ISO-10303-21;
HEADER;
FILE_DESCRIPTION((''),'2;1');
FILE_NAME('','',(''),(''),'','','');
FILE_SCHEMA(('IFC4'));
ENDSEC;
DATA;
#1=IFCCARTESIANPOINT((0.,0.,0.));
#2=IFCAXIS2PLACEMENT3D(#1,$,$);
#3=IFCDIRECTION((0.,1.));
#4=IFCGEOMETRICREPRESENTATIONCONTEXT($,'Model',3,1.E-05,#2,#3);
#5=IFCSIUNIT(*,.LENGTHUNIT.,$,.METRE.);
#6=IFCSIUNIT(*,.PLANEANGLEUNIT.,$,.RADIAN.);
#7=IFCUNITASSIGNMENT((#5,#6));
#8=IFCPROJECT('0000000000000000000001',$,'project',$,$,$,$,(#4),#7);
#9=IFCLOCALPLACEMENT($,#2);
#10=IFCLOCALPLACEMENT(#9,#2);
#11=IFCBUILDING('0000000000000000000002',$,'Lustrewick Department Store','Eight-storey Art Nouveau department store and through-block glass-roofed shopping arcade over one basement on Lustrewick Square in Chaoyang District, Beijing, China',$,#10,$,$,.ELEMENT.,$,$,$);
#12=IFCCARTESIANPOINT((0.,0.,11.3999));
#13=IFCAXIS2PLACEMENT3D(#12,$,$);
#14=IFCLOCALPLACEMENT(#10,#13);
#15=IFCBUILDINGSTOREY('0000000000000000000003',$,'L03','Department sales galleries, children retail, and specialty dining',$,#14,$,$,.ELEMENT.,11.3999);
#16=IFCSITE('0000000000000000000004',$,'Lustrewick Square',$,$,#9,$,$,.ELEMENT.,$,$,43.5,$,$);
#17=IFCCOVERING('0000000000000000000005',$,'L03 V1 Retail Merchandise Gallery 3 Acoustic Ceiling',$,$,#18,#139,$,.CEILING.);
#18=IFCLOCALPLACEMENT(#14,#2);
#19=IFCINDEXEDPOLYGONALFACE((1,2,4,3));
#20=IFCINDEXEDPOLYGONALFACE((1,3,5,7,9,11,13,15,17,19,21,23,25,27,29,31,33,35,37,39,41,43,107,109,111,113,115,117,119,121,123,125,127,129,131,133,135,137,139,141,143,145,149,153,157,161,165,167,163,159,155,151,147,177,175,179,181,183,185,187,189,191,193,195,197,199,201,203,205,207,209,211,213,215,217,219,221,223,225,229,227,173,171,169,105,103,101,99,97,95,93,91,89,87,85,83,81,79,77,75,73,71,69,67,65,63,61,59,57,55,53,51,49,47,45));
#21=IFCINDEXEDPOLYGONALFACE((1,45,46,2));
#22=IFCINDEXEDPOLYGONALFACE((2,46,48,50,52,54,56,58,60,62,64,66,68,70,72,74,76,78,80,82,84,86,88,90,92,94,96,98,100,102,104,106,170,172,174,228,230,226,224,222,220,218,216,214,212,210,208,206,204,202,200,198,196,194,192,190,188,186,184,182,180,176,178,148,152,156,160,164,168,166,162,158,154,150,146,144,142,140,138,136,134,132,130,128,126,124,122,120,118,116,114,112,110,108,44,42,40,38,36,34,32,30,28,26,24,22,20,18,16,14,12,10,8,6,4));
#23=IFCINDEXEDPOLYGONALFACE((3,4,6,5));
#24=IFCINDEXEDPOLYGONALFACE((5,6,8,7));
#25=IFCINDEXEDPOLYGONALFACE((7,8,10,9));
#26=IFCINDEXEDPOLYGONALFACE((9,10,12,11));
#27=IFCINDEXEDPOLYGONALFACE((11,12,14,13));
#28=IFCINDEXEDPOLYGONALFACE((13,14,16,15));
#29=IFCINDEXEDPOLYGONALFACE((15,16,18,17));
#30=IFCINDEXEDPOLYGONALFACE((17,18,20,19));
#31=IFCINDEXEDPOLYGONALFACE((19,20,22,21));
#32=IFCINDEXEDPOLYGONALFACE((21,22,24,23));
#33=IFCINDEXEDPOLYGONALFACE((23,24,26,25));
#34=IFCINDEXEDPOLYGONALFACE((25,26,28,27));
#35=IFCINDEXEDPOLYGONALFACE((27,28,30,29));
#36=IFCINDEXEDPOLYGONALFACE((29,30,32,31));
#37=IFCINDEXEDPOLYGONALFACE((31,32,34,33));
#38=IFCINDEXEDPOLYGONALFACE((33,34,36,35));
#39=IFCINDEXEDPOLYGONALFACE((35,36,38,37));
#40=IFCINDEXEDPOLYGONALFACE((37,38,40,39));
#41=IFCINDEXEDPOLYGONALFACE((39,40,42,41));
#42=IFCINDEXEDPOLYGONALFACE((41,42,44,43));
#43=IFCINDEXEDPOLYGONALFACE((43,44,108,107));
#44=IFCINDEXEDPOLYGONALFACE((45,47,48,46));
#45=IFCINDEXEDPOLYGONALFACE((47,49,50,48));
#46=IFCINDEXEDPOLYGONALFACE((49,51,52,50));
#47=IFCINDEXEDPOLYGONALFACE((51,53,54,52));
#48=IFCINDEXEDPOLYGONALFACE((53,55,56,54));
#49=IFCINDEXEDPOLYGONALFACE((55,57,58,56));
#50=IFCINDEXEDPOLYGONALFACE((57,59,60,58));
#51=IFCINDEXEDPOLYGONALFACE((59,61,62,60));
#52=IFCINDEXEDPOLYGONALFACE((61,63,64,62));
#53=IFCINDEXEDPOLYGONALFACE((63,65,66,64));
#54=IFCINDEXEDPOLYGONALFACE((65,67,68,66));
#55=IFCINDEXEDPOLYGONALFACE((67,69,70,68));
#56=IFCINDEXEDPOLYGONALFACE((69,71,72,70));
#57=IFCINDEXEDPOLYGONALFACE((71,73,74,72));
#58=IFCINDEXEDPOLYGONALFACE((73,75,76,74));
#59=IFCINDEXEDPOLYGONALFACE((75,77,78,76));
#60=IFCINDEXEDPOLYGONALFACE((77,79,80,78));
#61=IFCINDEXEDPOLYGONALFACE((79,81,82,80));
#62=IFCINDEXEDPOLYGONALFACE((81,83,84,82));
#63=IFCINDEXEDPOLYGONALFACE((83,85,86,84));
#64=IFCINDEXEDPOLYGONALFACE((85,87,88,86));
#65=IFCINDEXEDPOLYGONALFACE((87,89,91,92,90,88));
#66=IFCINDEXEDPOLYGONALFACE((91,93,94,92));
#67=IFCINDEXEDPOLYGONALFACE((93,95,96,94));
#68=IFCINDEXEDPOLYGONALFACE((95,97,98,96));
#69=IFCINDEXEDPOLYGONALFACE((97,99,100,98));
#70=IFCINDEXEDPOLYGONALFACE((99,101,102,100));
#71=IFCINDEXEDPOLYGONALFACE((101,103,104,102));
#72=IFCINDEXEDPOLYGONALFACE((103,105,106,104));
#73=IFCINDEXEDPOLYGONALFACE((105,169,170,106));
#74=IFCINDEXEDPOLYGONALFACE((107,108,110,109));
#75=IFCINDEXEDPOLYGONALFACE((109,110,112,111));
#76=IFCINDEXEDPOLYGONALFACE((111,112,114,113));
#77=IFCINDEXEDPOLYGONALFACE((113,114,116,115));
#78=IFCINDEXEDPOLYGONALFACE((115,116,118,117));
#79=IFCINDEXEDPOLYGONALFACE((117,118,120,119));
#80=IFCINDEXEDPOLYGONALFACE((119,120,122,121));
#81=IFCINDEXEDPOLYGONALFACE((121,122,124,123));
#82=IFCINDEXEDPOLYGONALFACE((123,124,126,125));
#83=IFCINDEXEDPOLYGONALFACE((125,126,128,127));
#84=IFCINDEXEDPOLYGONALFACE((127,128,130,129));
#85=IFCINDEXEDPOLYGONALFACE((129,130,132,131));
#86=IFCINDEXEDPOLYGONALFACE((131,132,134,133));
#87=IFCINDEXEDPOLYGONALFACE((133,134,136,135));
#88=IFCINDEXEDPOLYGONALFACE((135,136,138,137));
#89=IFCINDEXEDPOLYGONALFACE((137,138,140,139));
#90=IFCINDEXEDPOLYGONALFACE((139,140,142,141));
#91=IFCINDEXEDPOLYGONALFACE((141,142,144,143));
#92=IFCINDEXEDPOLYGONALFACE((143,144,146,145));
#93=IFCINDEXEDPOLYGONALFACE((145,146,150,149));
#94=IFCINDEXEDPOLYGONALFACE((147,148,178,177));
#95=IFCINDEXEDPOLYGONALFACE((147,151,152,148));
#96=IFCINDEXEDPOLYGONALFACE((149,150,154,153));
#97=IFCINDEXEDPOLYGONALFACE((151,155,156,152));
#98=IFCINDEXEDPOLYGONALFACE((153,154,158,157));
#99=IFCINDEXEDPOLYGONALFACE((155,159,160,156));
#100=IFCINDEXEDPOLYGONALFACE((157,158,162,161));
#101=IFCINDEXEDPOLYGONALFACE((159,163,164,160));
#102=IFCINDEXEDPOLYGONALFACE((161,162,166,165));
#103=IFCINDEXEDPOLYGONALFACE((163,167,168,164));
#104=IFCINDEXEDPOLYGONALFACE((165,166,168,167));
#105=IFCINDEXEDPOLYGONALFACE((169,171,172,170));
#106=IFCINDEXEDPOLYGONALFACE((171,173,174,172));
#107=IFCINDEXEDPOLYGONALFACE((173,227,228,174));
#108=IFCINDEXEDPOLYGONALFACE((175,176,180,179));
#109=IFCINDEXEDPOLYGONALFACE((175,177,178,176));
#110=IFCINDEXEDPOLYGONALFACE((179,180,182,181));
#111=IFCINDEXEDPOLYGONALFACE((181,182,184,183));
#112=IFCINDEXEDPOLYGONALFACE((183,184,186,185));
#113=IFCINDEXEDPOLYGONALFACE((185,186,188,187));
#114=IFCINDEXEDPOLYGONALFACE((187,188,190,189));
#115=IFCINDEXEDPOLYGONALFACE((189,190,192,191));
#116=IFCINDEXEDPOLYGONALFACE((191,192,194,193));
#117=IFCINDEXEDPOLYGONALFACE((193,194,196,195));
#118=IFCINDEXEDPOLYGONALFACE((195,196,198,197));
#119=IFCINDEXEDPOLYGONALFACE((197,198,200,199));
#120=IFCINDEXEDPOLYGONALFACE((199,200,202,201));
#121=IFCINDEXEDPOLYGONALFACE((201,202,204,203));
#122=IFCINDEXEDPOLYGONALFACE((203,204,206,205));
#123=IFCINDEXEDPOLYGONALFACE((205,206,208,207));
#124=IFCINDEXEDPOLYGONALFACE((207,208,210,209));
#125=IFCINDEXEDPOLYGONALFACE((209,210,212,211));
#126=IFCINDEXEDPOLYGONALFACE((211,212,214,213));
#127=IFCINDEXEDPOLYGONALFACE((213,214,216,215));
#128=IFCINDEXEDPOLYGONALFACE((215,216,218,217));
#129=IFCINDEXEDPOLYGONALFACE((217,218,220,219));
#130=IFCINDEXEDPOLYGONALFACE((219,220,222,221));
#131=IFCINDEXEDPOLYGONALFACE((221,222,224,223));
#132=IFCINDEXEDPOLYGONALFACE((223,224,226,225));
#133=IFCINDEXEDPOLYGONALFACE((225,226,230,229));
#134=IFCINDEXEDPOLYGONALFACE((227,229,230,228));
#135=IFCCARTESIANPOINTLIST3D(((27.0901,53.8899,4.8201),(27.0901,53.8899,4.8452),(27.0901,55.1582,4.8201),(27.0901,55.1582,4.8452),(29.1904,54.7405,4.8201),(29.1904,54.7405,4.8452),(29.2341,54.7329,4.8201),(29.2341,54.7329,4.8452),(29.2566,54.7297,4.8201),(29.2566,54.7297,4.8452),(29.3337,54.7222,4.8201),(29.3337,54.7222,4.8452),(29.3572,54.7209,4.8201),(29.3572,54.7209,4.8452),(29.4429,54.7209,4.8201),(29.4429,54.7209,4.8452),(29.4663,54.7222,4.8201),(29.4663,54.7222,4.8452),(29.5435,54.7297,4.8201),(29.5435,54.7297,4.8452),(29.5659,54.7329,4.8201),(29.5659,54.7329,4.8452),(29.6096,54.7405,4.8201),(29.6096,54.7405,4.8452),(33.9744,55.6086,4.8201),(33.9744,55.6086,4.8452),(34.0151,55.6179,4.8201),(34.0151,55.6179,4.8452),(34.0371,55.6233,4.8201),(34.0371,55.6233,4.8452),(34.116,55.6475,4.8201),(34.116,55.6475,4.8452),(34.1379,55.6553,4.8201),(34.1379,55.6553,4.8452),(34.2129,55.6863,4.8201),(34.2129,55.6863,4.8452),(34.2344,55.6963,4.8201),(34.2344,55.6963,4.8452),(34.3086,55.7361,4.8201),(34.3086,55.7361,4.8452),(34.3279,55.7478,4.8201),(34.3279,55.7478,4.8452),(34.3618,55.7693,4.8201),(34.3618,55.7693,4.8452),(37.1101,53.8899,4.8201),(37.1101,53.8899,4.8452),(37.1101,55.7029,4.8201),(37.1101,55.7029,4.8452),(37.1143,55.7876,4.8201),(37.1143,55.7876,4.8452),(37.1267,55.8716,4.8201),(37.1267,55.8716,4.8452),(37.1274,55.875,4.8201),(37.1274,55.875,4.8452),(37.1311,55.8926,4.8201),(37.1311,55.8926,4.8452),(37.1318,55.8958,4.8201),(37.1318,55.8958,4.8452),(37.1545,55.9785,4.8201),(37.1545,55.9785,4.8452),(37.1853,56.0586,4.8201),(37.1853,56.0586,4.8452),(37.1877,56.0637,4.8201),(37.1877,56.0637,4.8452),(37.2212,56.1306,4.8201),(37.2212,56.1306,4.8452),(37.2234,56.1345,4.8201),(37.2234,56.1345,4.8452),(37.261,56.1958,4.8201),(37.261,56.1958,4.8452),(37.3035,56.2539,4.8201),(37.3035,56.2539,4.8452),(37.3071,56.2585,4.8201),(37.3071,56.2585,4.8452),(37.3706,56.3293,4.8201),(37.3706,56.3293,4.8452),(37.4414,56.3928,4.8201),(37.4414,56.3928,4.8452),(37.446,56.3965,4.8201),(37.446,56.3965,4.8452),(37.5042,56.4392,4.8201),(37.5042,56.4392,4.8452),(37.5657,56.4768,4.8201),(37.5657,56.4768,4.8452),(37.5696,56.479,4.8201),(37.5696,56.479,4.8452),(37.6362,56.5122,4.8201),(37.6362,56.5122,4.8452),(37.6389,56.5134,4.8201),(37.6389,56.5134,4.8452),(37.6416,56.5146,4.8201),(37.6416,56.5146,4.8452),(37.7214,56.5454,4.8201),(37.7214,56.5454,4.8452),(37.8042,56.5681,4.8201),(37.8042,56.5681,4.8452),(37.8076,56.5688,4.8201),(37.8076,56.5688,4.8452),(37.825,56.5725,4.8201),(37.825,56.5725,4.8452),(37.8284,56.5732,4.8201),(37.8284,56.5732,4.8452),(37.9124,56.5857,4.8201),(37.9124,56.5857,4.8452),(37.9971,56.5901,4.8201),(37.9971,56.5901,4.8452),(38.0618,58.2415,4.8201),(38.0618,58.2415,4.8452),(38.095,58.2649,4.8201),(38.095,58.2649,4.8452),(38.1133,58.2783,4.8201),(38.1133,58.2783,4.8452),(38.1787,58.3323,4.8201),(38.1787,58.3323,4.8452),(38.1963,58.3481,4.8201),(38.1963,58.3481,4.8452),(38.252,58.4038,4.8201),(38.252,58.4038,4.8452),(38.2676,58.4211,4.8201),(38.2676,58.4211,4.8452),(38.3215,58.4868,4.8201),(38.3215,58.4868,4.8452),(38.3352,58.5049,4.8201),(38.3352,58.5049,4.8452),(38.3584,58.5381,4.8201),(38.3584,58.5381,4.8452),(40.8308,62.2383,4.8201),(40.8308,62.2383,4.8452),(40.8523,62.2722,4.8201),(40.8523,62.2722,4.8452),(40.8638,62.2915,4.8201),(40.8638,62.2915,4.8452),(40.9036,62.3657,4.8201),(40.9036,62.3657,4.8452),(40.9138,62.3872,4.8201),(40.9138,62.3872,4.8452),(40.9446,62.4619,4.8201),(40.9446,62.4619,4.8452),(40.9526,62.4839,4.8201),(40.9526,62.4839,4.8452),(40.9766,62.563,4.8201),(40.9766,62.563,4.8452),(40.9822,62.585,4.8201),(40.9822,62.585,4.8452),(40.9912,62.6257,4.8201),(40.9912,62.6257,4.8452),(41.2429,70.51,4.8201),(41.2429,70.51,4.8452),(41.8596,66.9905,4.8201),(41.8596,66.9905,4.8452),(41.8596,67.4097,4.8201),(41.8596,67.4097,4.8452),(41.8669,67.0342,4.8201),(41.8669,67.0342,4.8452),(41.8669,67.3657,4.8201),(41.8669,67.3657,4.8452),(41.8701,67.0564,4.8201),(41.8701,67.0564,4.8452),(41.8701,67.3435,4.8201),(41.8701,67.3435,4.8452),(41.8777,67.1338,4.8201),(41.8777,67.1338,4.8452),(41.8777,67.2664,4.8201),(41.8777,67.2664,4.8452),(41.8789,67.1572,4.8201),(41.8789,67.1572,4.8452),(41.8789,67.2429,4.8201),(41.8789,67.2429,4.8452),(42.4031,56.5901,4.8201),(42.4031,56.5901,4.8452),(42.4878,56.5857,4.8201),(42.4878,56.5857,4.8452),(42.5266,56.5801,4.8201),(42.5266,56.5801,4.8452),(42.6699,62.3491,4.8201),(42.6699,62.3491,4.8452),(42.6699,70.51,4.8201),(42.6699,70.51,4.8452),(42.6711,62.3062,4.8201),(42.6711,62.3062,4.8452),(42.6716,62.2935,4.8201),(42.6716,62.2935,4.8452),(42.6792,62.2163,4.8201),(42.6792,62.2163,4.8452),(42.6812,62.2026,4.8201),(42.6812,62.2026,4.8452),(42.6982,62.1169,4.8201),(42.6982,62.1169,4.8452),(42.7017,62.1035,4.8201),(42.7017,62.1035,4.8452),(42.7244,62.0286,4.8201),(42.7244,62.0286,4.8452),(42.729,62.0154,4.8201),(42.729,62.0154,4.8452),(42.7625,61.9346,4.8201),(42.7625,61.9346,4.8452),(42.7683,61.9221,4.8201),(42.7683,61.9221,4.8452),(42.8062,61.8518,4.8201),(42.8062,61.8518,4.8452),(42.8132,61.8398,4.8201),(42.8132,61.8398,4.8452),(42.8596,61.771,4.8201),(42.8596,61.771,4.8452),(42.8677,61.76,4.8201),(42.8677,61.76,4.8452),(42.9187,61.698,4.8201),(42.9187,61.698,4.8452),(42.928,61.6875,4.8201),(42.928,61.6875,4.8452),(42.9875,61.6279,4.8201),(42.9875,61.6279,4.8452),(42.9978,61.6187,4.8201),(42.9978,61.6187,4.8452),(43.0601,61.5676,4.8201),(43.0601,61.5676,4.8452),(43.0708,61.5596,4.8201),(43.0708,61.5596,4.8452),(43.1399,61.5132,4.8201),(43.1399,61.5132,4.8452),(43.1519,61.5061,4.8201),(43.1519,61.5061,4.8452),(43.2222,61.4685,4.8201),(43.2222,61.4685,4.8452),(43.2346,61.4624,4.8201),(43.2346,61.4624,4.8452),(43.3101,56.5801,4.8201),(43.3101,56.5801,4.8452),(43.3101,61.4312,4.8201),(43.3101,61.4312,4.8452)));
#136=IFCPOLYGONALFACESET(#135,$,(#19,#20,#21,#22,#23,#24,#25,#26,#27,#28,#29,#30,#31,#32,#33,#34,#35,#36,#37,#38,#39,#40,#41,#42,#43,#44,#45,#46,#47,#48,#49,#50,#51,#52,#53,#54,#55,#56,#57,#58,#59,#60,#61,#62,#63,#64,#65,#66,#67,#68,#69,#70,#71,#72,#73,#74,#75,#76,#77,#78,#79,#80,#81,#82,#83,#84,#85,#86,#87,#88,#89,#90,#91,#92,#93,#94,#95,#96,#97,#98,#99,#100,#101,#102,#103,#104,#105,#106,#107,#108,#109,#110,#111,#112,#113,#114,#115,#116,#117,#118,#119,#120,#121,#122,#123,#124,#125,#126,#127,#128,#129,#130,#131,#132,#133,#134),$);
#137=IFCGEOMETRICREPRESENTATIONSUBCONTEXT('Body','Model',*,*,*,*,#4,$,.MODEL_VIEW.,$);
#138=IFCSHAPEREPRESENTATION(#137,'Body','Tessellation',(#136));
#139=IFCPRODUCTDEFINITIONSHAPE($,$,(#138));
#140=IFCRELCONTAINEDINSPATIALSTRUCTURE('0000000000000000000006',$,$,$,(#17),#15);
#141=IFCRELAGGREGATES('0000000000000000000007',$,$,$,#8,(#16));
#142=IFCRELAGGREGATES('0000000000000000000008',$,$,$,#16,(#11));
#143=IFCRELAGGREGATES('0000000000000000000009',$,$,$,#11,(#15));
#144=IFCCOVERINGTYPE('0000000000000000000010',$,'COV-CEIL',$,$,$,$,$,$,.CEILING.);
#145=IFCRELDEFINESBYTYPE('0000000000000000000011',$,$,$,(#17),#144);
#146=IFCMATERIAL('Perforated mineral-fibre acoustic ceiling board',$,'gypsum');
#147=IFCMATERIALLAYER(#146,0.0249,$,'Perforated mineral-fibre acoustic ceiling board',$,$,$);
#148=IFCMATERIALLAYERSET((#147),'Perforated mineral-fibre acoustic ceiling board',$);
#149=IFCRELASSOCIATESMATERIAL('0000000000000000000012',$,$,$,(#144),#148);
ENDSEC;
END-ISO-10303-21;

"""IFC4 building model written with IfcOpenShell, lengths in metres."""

from ifc_helpers import new_model, si_unit, direction, frame, origin, place, context, subcontext, project, spatial, polyline, outline, extrude, material, layer, layer_set, type_object, element, save


model = new_model("IFC4")

# Units and contexts
model_context = context("Model", 3, precision=1e-05, world=origin(), true_north=direction((0.0, 1.0)))
body_context = subcontext(model_context, "Body", "Model", "MODEL_VIEW")
ifc_project = project(units=[si_unit("LENGTHUNIT", "METRE"), si_unit("PLANEANGLEUNIT", "RADIAN")], contexts=[model_context])

# Site, building, storey
site_placement = place(None, origin())
site = spatial("IfcSite", under=ifc_project, at=site_placement, Name="Lustrewick Square", CompositionType="ELEMENT", RefElevation=43.5)
building_placement = place(site_placement, origin())
building = spatial("IfcBuilding", under=site, at=building_placement, Name="Lustrewick Department Store", Description="Eight-storey Art Nouveau department store and through-block glass-roofed shopping arcade over one basement on Lustrewick Square in Chaoyang District, Beijing, China", CompositionType="ELEMENT")
storey_placement = place(building_placement, frame((0.0, 0.0, 11.3999)))
storey = spatial("IfcBuildingStorey", under=building, at=storey_placement, Name="L03", Description="Department sales galleries, children retail, and specialty dining", CompositionType="ELEMENT", Elevation=11.3999)

# Covering
ifc_material_1 = material(Name="Perforated mineral-fibre acoustic ceiling board", Category="gypsum")
ifc_layer_1 = layer(ifc_material_1, 0.0249, Name="Perforated mineral-fibre acoustic ceiling board")
ifc_layer_set_1 = layer_set([ifc_layer_1], Name="Perforated mineral-fibre acoustic ceiling board")
covering_type_1 = type_object("IfcCoveringType", Name="COV-CEIL", PredefinedType="CEILING", material=ifc_layer_set_1)
covering_1_placement = place(storey_placement, frame((0.0, 0.0, 4.8201)))
element("IfcCovering", 1, at=covering_1_placement, inside=storey, type_object=covering_type_1, Name="L03 V1 Retail Merchandise Gallery 3 Acoustic Ceiling", PredefinedType="CEILING", context=body_context, shape_type="SweptSolid", body=[
    extrude(outline(polyline([(40.9912, 62.6257), (40.9822, 62.585), (40.9766, 62.563), (40.9526, 62.4839), (40.9446, 62.4619), (40.9138, 62.3872), (40.9036, 62.3657), (40.8638, 62.2915), (40.8523, 62.2722), (40.8308, 62.2383), (38.3584, 58.5381), (38.3352, 58.5049), (38.3215, 58.4868), (38.2676, 58.4211), (38.252, 58.4038), (38.1963, 58.3481), (38.1787, 58.3323), (38.1133, 58.2783), (38.095, 58.2649), (38.0618, 58.2415), (34.3618, 55.7693), (34.3279, 55.7478), (34.3086, 55.7361), (34.2344, 55.6963), (34.2129, 55.6863), (34.1379, 55.6553), (34.116, 55.6475), (34.0371, 55.6233), (34.0151, 55.6179), (33.9744, 55.6086), (29.6096, 54.7405), (29.5659, 54.7329), (29.5435, 54.7297), (29.4663, 54.7222), (29.4429, 54.7209), (29.3572, 54.7209), (29.3337, 54.7222), (29.2566, 54.7297), (29.2341, 54.7329), (29.1904, 54.7405), (27.0901, 55.1582), (27.0901, 53.8899), (37.1101, 53.8899), (37.1101, 55.7029), (37.1143, 55.7876), (37.1267, 55.8716), (37.1274, 55.875), (37.1311, 55.8926), (37.1318, 55.8958), (37.1545, 55.9785), (37.1853, 56.0586), (37.1877, 56.0637), (37.2212, 56.1306), (37.2234, 56.1345), (37.261, 56.1958), (37.3035, 56.2539), (37.3071, 56.2585), (37.3706, 56.3293), (37.4414, 56.3928), (37.446, 56.3965), (37.5042, 56.4392), (37.5657, 56.4768), (37.5696, 56.479), (37.6362, 56.5122), (37.6389, 56.5134), (37.6416, 56.5146), (37.7214, 56.5454), (37.8042, 56.5681), (37.8076, 56.5688), (37.825, 56.5725), (37.8284, 56.5732), (37.9124, 56.5857), (37.9971, 56.5901), (42.4031, 56.5901), (42.4878, 56.5857), (42.5266, 56.5801), (43.3101, 56.5801), (43.3101, 61.4312), (43.2346, 61.4624), (43.2222, 61.4685), (43.1519, 61.5061), (43.1399, 61.5132), (43.0708, 61.5596), (43.0601, 61.5676), (42.9978, 61.6187), (42.9875, 61.6279), (42.928, 61.6875), (42.9187, 61.698), (42.8677, 61.76), (42.8596, 61.771), (42.8132, 61.8398), (42.8062, 61.8518), (42.7683, 61.9221), (42.7625, 61.9346), (42.729, 62.0154), (42.7244, 62.0286), (42.7017, 62.1035), (42.6982, 62.1169), (42.6812, 62.2026), (42.6792, 62.2163), (42.6716, 62.2935), (42.6711, 62.3062), (42.6699, 62.3491), (42.6699, 70.51), (41.2429, 70.51), (41.8596, 67.4097), (41.8669, 67.3657), (41.8701, 67.3435), (41.8777, 67.2664), (41.8789, 67.2429), (41.8789, 67.1572), (41.8777, 67.1338), (41.8701, 67.0564), (41.8669, 67.0342), (41.8596, 66.9905), (40.9912, 62.6257)])), origin(), (0.0, 0.0, 1.0), 0.0251),
])

save(model, "model.ifc")
